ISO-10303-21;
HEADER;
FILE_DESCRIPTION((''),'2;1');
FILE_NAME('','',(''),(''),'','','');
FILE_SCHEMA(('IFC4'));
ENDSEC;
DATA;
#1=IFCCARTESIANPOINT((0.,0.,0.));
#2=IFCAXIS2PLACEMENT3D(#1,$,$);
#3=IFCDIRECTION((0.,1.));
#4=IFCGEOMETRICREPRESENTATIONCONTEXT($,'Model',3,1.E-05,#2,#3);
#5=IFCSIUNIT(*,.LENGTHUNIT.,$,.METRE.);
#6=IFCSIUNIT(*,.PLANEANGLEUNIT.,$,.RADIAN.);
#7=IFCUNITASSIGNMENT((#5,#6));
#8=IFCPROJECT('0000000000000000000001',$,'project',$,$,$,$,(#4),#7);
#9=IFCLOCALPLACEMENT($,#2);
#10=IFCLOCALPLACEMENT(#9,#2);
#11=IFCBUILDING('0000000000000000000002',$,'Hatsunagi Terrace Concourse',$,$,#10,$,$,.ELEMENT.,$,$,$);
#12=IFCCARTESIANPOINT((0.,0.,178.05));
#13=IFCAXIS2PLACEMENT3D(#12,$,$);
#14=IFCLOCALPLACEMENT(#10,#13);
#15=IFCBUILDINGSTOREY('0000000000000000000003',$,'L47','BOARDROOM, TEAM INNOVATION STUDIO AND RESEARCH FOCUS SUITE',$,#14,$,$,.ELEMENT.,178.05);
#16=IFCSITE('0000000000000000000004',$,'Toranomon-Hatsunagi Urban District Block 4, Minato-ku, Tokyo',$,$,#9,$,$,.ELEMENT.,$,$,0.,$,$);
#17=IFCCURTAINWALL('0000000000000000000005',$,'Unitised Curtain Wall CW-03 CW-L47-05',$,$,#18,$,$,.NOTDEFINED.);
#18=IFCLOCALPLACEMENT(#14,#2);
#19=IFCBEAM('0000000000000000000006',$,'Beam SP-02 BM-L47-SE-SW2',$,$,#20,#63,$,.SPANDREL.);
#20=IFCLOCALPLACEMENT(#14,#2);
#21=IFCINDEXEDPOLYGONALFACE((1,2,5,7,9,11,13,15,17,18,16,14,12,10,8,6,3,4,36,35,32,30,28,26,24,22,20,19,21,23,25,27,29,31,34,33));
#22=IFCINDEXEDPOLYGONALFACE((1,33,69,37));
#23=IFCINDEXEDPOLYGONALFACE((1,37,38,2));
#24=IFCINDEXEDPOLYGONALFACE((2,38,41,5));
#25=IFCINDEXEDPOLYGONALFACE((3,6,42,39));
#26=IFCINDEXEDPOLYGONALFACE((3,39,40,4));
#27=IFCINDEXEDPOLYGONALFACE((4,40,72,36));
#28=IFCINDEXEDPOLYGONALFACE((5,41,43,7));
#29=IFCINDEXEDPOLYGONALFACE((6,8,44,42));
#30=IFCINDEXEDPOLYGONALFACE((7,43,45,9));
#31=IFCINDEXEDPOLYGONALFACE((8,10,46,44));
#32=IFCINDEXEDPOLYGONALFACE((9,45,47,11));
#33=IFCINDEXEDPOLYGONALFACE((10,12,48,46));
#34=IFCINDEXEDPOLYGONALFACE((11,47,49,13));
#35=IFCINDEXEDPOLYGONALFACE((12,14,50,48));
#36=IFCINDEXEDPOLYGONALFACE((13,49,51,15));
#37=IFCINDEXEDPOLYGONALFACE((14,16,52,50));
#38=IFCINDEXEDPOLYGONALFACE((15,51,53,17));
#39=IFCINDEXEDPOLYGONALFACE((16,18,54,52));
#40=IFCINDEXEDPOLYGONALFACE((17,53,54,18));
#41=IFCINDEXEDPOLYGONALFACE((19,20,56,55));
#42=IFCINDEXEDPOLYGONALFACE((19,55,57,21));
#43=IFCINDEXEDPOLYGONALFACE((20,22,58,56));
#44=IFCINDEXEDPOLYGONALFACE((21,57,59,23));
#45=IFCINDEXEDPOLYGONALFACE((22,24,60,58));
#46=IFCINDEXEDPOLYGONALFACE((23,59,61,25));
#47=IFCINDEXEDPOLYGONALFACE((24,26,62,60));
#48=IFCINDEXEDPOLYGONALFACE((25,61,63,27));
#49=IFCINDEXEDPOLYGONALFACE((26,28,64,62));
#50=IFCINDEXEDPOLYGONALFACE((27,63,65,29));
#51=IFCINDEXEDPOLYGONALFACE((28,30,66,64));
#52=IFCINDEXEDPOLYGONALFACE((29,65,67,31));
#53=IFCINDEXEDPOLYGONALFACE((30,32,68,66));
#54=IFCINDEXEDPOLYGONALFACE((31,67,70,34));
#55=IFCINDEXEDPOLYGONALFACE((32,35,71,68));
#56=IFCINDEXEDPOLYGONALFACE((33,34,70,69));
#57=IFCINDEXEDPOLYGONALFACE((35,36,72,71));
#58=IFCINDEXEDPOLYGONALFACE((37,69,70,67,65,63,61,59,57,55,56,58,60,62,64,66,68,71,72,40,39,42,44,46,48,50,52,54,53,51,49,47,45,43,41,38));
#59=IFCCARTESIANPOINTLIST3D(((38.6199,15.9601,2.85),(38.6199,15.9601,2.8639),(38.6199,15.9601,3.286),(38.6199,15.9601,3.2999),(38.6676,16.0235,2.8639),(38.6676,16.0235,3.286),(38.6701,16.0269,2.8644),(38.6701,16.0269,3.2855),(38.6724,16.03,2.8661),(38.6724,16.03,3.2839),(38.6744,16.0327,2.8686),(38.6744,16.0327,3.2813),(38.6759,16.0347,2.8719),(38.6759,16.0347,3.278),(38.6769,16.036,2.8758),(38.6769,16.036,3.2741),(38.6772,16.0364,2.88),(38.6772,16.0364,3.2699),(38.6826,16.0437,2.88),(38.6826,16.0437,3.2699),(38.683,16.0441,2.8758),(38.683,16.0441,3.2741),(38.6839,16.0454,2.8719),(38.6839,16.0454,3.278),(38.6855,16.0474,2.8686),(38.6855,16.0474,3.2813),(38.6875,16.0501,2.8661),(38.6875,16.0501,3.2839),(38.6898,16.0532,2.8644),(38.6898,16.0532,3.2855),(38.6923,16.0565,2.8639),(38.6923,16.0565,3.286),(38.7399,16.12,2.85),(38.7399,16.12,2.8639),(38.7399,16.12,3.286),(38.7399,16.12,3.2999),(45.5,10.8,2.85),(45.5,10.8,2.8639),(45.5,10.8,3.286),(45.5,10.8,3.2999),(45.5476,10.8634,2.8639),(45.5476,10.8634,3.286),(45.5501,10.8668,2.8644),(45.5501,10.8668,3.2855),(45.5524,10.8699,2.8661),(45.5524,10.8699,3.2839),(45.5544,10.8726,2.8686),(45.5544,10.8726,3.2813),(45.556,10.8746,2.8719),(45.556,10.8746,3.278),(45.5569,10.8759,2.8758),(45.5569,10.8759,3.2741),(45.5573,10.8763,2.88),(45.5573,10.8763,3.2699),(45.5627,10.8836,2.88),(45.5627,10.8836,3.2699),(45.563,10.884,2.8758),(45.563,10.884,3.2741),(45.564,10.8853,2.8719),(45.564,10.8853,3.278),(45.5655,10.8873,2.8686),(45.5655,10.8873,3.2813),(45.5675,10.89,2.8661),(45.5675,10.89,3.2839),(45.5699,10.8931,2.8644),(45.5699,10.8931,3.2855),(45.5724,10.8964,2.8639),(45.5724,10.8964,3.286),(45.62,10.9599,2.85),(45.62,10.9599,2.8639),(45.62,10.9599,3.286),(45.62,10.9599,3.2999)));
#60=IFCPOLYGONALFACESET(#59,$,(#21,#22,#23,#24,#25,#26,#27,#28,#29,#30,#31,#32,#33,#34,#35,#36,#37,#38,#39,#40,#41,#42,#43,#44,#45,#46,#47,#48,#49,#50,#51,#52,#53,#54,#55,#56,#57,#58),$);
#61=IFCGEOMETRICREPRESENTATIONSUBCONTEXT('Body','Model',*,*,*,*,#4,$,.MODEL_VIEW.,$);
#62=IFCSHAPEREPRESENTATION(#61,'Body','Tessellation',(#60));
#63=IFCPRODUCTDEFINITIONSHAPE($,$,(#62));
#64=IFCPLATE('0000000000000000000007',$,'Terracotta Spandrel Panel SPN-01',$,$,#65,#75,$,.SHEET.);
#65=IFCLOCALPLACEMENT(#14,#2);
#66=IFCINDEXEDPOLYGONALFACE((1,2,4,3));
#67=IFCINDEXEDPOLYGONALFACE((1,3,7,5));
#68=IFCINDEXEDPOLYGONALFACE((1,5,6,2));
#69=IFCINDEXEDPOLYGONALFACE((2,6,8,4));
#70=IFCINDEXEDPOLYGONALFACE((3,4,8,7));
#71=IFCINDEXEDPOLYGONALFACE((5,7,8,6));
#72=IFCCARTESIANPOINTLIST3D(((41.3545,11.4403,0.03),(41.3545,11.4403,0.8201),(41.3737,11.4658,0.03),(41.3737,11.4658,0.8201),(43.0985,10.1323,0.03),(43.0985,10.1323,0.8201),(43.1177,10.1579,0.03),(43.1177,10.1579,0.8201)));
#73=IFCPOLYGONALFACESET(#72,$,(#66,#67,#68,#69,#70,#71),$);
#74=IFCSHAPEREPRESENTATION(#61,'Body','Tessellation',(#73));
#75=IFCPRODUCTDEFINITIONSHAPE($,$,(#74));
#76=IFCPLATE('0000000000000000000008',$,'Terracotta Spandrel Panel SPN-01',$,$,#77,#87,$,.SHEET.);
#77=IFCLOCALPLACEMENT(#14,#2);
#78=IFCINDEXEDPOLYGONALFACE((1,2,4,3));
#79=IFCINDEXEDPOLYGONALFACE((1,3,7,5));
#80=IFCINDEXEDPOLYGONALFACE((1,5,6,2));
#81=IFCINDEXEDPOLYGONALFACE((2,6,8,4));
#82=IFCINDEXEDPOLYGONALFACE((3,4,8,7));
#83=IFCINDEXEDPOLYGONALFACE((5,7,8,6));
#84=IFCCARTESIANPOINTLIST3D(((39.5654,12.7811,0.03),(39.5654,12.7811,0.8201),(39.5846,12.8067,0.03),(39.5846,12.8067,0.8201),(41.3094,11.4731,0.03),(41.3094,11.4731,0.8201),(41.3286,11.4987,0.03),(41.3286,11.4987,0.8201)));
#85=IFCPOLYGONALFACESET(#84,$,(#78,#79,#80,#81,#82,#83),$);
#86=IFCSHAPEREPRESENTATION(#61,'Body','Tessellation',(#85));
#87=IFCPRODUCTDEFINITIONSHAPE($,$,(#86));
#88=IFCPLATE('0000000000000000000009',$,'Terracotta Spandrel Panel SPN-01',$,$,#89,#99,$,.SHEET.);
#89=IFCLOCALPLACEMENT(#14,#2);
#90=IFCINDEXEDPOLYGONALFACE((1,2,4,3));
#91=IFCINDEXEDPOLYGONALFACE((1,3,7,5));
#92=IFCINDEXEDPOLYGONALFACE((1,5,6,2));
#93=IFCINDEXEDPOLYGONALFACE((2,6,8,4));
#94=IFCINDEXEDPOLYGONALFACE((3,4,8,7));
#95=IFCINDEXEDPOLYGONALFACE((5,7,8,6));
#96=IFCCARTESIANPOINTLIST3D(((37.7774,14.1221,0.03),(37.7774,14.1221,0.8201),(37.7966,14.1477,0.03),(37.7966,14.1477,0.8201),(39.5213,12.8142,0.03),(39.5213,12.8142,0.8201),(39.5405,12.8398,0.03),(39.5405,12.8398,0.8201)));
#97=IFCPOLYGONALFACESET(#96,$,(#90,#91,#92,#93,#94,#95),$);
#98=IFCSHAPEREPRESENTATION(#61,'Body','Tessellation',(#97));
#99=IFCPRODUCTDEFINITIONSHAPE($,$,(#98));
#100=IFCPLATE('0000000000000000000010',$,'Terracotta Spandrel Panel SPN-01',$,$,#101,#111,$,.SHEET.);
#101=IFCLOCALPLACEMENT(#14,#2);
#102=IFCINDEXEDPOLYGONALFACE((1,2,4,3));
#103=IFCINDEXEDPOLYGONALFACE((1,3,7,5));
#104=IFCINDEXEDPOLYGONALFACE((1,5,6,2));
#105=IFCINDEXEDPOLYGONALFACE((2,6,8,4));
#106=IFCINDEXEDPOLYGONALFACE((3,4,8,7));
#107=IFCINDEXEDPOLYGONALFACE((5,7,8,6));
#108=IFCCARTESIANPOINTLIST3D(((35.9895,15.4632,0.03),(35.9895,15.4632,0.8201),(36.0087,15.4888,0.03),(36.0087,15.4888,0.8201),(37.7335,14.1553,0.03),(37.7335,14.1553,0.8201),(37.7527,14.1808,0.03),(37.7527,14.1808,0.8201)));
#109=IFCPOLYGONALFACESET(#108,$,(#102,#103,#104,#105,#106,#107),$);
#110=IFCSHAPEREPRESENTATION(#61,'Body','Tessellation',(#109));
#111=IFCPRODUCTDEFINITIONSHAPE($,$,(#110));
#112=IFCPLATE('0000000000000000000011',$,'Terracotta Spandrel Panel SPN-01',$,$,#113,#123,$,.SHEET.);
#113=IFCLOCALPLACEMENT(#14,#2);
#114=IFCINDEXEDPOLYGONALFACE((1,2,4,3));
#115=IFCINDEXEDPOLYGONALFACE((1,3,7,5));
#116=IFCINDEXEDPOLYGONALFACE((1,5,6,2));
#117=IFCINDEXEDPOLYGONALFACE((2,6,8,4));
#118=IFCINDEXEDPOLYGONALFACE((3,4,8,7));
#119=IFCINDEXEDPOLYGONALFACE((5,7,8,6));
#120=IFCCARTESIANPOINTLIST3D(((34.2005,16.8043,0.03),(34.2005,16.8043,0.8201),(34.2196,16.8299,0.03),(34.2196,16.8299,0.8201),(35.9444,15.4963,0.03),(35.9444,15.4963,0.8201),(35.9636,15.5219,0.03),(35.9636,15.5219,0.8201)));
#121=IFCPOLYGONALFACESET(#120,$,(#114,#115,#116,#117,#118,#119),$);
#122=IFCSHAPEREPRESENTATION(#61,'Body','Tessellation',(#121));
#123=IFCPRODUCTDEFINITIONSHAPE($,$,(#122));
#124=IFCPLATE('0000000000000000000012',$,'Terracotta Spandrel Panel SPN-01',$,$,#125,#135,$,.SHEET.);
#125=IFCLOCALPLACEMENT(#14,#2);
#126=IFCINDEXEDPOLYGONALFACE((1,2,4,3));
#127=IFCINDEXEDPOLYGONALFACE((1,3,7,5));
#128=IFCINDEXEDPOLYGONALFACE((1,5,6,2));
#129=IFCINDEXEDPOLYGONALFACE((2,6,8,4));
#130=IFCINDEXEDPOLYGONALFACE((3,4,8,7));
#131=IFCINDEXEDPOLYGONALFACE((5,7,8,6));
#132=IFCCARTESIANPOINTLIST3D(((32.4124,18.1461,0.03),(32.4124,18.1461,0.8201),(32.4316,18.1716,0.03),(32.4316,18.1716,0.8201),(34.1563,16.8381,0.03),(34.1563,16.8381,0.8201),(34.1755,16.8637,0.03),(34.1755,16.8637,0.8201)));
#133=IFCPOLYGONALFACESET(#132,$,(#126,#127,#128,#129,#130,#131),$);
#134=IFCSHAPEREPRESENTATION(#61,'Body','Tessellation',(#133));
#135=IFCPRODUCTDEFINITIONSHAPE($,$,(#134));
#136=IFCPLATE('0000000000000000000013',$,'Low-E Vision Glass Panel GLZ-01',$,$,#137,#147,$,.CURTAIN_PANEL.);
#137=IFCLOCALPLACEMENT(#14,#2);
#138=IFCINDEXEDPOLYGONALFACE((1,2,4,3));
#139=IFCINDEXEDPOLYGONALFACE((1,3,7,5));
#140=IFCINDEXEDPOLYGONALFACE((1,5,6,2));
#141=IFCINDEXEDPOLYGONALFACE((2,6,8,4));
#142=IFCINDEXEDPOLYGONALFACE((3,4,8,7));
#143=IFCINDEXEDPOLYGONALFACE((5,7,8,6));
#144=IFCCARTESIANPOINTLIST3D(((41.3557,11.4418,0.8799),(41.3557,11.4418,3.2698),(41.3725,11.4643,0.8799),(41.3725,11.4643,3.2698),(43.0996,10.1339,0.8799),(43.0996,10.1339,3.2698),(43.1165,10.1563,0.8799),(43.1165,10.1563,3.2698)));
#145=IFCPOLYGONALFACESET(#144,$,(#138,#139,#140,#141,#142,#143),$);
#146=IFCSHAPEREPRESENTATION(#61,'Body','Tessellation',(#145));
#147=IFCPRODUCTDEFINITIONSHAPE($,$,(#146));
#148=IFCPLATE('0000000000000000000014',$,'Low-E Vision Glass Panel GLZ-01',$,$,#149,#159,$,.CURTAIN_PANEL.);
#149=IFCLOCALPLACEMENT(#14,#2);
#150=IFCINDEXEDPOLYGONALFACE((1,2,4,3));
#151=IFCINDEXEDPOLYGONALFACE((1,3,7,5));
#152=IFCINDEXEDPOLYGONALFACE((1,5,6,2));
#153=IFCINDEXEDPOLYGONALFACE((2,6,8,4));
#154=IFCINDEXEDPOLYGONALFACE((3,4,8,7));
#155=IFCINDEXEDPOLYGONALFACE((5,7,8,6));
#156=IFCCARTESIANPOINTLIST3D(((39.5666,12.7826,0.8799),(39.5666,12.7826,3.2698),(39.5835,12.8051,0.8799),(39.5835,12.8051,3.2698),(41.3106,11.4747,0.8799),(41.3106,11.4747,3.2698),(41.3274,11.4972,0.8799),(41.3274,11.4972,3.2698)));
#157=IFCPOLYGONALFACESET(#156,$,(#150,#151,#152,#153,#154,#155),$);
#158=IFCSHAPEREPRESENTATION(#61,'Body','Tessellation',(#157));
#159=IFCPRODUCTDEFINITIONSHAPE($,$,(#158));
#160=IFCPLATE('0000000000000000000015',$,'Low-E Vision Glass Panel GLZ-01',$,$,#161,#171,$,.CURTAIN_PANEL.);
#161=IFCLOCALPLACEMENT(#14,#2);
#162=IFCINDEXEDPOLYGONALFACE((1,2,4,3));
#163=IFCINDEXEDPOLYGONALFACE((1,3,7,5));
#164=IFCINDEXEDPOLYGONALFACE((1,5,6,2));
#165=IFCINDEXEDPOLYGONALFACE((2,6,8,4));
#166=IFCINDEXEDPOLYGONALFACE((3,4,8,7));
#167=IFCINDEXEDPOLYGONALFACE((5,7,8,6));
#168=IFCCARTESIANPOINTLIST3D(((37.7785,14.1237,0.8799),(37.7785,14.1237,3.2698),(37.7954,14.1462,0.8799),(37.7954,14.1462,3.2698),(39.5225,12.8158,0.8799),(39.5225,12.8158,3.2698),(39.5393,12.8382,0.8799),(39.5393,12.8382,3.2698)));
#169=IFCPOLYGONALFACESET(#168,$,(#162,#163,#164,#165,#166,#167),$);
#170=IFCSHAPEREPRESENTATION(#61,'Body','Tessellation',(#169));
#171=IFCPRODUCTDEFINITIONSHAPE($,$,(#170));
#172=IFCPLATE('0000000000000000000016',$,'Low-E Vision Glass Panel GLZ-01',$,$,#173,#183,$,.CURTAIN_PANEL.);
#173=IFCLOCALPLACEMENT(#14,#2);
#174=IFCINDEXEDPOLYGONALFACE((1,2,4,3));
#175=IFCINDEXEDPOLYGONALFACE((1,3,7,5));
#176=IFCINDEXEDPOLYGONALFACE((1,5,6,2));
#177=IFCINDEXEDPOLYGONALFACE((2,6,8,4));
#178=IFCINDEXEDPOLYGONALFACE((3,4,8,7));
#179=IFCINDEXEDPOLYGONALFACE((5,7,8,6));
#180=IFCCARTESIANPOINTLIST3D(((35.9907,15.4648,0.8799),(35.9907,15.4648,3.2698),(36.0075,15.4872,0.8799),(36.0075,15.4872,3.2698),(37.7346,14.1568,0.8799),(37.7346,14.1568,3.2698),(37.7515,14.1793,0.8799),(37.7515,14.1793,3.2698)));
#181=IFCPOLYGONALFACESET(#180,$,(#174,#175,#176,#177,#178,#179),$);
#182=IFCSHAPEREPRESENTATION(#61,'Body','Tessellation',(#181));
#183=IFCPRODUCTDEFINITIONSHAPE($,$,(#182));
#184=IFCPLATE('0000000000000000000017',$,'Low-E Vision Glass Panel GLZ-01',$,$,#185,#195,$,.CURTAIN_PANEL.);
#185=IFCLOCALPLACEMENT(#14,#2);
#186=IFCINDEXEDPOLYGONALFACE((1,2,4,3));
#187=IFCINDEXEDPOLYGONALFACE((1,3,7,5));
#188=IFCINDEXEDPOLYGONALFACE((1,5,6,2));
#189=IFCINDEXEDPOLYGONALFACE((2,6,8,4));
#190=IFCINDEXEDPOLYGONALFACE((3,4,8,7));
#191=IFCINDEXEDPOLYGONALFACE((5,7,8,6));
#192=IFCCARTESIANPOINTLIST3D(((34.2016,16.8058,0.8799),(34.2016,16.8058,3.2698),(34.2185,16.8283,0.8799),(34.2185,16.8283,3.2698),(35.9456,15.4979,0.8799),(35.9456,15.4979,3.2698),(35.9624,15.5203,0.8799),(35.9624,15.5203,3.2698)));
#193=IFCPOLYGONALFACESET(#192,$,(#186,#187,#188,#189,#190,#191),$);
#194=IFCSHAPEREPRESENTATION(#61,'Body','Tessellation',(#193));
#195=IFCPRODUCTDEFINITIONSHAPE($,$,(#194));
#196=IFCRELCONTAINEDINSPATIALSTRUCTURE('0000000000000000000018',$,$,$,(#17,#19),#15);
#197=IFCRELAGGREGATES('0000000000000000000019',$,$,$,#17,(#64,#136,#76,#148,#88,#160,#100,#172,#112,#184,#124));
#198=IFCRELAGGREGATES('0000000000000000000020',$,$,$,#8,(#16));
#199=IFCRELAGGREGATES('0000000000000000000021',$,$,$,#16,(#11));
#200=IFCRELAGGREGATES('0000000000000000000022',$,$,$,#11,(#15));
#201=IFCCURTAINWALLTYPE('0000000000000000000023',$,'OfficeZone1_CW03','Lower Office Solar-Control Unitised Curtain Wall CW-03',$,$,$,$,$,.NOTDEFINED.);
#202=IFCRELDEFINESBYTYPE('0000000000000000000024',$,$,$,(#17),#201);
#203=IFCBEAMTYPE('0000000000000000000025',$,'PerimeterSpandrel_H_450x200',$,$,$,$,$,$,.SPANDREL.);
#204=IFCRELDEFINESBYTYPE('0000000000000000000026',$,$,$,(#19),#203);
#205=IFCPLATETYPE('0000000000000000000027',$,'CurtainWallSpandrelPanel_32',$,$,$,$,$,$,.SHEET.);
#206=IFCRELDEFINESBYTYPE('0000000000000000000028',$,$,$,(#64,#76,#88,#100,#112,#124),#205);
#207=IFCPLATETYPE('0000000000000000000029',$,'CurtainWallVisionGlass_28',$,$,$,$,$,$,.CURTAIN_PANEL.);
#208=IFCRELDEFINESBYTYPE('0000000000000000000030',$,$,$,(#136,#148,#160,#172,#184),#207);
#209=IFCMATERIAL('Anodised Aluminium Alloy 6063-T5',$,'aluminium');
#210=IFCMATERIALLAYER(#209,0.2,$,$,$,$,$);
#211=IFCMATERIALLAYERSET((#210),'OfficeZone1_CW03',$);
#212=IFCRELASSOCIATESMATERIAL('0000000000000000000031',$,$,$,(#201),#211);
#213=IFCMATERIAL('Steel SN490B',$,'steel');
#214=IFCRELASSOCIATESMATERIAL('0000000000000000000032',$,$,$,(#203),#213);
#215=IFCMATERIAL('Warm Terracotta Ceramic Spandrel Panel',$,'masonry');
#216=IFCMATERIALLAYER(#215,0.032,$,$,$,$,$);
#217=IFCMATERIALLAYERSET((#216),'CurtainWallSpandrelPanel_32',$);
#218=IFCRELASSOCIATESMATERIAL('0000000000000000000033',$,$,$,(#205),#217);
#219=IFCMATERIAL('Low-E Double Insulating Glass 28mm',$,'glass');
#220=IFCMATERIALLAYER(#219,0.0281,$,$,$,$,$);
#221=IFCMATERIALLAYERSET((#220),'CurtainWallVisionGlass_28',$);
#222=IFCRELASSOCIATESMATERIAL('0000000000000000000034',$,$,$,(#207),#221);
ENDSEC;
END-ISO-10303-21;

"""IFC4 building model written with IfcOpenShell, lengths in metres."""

from ifc_helpers import new_model, si_unit, direction, frame, origin, origin_2d, place, context, subcontext, project, spatial, rectangle, i_section, extrude, material, layer, layer_set, material_profile, profile_set, type_object, element, aggregate, save


model = new_model("IFC4")

# Units and contexts
model_context = context("Model", 3, precision=1e-05, world=origin(), true_north=direction((0.0, 1.0)))
body_context = subcontext(model_context, "Body", "Model", "MODEL_VIEW")
ifc_project = project(units=[si_unit("LENGTHUNIT", "METRE"), si_unit("PLANEANGLEUNIT", "RADIAN")], contexts=[model_context])

# Site, building, storey
site_placement = place(None, origin())
site = spatial("IfcSite", under=ifc_project, at=site_placement, Name="Toranomon-Hatsunagi Urban District Block 4, Minato-ku, Tokyo", CompositionType="ELEMENT", RefElevation=0.0)
building_placement = place(site_placement, origin())
building = spatial("IfcBuilding", under=site, at=building_placement, Name="Hatsunagi Terrace Concourse", CompositionType="ELEMENT")
storey_placement = place(building_placement, frame((0.0, 0.0, 178.05)))
storey = spatial("IfcBuildingStorey", under=building, at=storey_placement, Name="L47", Description="BOARDROOM, TEAM INNOVATION STUDIO AND RESEARCH FOCUS SUITE", CompositionType="ELEMENT", Elevation=178.05)

# Curtain wall
ifc_material_1 = material(Name="Anodised Aluminium Alloy 6063-T5", Category="aluminium")
ifc_layer_1 = layer(ifc_material_1, 0.2)
ifc_layer_set_1 = layer_set([ifc_layer_1], Name="OfficeZone1_CW03")
curtain_wall_type = type_object("IfcCurtainWallType", Name="OfficeZone1_CW03", Description="Lower Office Solar-Control Unitised Curtain Wall CW-03", PredefinedType="NOTDEFINED", material=ifc_layer_set_1)
curtain_wall_placement = place(storey_placement, origin())
curtain_wall = element("IfcCurtainWall", 1, at=curtain_wall_placement, inside=storey, type_object=curtain_wall_type, Name="Unitised Curtain Wall CW-03 CW-L47-05", PredefinedType="NOTDEFINED")

# Beam
ifc_material_2 = material(Name="Steel SN490B", Category="steel")
ifc_material_profile_1 = material_profile(ifc_material_2, i_section(OverallWidth=0.2, OverallDepth=0.45, WebThickness=0.009, FlangeThickness=0.0139, FilletRadius=0.0161, at=origin_2d()), Name="H-450x200x9x14")
ifc_profile_set_1 = profile_set([ifc_material_profile_1], Name="Steel SN490B")
beam_type_1 = type_object("IfcBeamType", Name="PerimeterSpandrel_H_450x200", PredefinedType="SPANDREL", material=ifc_profile_set_1)
beam_1_placement = place(storey_placement, frame((38.6799, 16.04, 3.075), z_axis=(0.799997, -0.600005, 0.0), x_axis=(0.600005, 0.799997, 0.0)))
element("IfcBeam", 2, at=beam_1_placement, inside=storey, type_object=beam_type_1, Name="Beam SP-02 BM-L47-SE-SW2", PredefinedType="SPANDREL", context=body_context, shape_type="SweptSolid", body=[
    extrude(i_section(OverallWidth=0.2, OverallDepth=0.45, WebThickness=0.009, FlangeThickness=0.0139, FilletRadius=0.0161, at=origin_2d()), origin(), (0.0, 0.0, 1.0), 8.6001),
])

# Plates
ifc_material_3 = material(Name="Warm Terracotta Ceramic Spandrel Panel", Category="masonry")
ifc_layer_2 = layer(ifc_material_3, 0.032)
ifc_layer_set_2 = layer_set([ifc_layer_2], Name="CurtainWallSpandrelPanel_32")
plate_type_1 = type_object("IfcPlateType", Name="CurtainWallSpandrelPanel_32", PredefinedType="SHEET", material=ifc_layer_set_2)
plate_1_placement = place(storey_placement, frame((42.2361, 10.7991, 0.03), z_axis=(0.0, 0.0, 1.0), x_axis=(-0.800005, 0.599993, 0.0)))
plate_1 = element("IfcPlate", 3, at=plate_1_placement, type_object=plate_type_1, Name="Terracotta Spandrel Panel SPN-01", PredefinedType="SHEET", context=body_context, shape_type="SweptSolid", body=[
    extrude(rectangle(XDim=2.1799, YDim=0.032, at=origin_2d()), origin(), (0.0, 0.0, 1.0), 0.79),
])
plate_2_placement = place(storey_placement, frame((40.447, 12.1399, 0.03), z_axis=(0.0, 0.0, 1.0), x_axis=(-0.800005, 0.599993, 0.0)))
plate_2 = element("IfcPlate", 4, at=plate_2_placement, type_object=plate_type_1, Name="Terracotta Spandrel Panel SPN-01", PredefinedType="SHEET", context=body_context, shape_type="SweptSolid", body=[
    extrude(rectangle(XDim=2.1799, YDim=0.032, at=origin_2d()), origin(), (0.0, 0.0, 1.0), 0.79),
])
plate_3_placement = place(storey_placement, frame((38.6589, 13.481, 0.03), z_axis=(0.0, 0.0, 1.0), x_axis=(-0.800005, 0.599993, 0.0)))
plate_3 = element("IfcPlate", 5, at=plate_3_placement, type_object=plate_type_1, Name="Terracotta Spandrel Panel SPN-01", PredefinedType="SHEET", context=body_context, shape_type="SweptSolid", body=[
    extrude(rectangle(XDim=2.1799, YDim=0.032, at=origin_2d()), origin(), (0.0, 0.0, 1.0), 0.79),
])
plate_4_placement = place(storey_placement, frame((36.8711, 14.822, 0.03), z_axis=(0.0, 0.0, 1.0), x_axis=(-0.800005, 0.599993, 0.0)))
plate_4 = element("IfcPlate", 6, at=plate_4_placement, type_object=plate_type_1, Name="Terracotta Spandrel Panel SPN-01", PredefinedType="SHEET", context=body_context, shape_type="SweptSolid", body=[
    extrude(rectangle(XDim=2.1799, YDim=0.032, at=origin_2d()), origin(), (0.0, 0.0, 1.0), 0.79),
])
plate_5_placement = place(storey_placement, frame((35.082, 16.1631, 0.03), z_axis=(0.0, 0.0, 1.0), x_axis=(-0.800005, 0.599993, 0.0)))
plate_5 = element("IfcPlate", 7, at=plate_5_placement, type_object=plate_type_1, Name="Terracotta Spandrel Panel SPN-01", PredefinedType="SHEET", context=body_context, shape_type="SweptSolid", body=[
    extrude(rectangle(XDim=2.1799, YDim=0.032, at=origin_2d()), origin(), (0.0, 0.0, 1.0), 0.79),
])
plate_6_placement = place(storey_placement, frame((33.2939, 17.5049, 0.03), z_axis=(0.0, 0.0, 1.0), x_axis=(-0.800005, 0.599993, 0.0)))
plate_6 = element("IfcPlate", 8, at=plate_6_placement, type_object=plate_type_1, Name="Terracotta Spandrel Panel SPN-01", PredefinedType="SHEET", context=body_context, shape_type="SweptSolid", body=[
    extrude(rectangle(XDim=2.1799, YDim=0.032, at=origin_2d()), origin(), (0.0, 0.0, 1.0), 0.79),
])
ifc_material_4 = material(Name="Low-E Double Insulating Glass 28mm", Category="glass")
ifc_layer_3 = layer(ifc_material_4, 0.0281)
ifc_layer_set_3 = layer_set([ifc_layer_3], Name="CurtainWallVisionGlass_28")
plate_type_2 = type_object("IfcPlateType", Name="CurtainWallVisionGlass_28", PredefinedType="CURTAIN_PANEL", material=ifc_layer_set_3)
plate_7_placement = place(storey_placement, frame((42.2361, 10.7991, 0.8799), z_axis=(0.0, 0.0, 1.0), x_axis=(-0.800005, 0.599993, 0.0)))
plate_7 = element("IfcPlate", 9, at=plate_7_placement, type_object=plate_type_2, Name="Low-E Vision Glass Panel GLZ-01", PredefinedType="CURTAIN_PANEL", context=body_context, shape_type="SweptSolid", body=[
    extrude(rectangle(XDim=2.1799, YDim=0.0281, at=origin_2d()), origin(), (0.0, 0.0, 1.0), 2.3899),
])
plate_8_placement = place(storey_placement, frame((40.447, 12.1399, 0.8799), z_axis=(0.0, 0.0, 1.0), x_axis=(-0.800005, 0.599993, 0.0)))
plate_8 = element("IfcPlate", 10, at=plate_8_placement, type_object=plate_type_2, Name="Low-E Vision Glass Panel GLZ-01", PredefinedType="CURTAIN_PANEL", context=body_context, shape_type="SweptSolid", body=[
    extrude(rectangle(XDim=2.1799, YDim=0.0281, at=origin_2d()), origin(), (0.0, 0.0, 1.0), 2.3899),
])
plate_9_placement = place(storey_placement, frame((38.6589, 13.481, 0.8799), z_axis=(0.0, 0.0, 1.0), x_axis=(-0.800005, 0.599993, 0.0)))
plate_9 = element("IfcPlate", 11, at=plate_9_placement, type_object=plate_type_2, Name="Low-E Vision Glass Panel GLZ-01", PredefinedType="CURTAIN_PANEL", context=body_context, shape_type="SweptSolid", body=[
    extrude(rectangle(XDim=2.1799, YDim=0.0281, at=origin_2d()), origin(), (0.0, 0.0, 1.0), 2.3899),
])
plate_10_placement = place(storey_placement, frame((36.8711, 14.822, 0.8799), z_axis=(0.0, 0.0, 1.0), x_axis=(-0.800005, 0.599993, 0.0)))
plate_10 = element("IfcPlate", 12, at=plate_10_placement, type_object=plate_type_2, Name="Low-E Vision Glass Panel GLZ-01", PredefinedType="CURTAIN_PANEL", context=body_context, shape_type="SweptSolid", body=[
    extrude(rectangle(XDim=2.1799, YDim=0.0281, at=origin_2d()), origin(), (0.0, 0.0, 1.0), 2.3899),
])
plate_11_placement = place(storey_placement, frame((35.082, 16.1631, 0.8799), z_axis=(0.0, 0.0, 1.0), x_axis=(-0.800005, 0.599993, 0.0)))
plate_11 = element("IfcPlate", 13, at=plate_11_placement, type_object=plate_type_2, Name="Low-E Vision Glass Panel GLZ-01", PredefinedType="CURTAIN_PANEL", context=body_context, shape_type="SweptSolid", body=[
    extrude(rectangle(XDim=2.1799, YDim=0.0281, at=origin_2d()), origin(), (0.0, 0.0, 1.0), 2.3899),
])
aggregate(curtain_wall, [plate_1, plate_7, plate_2, plate_8, plate_3, plate_9, plate_4, plate_10, plate_5, plate_11, plate_6])

save(model, "model.ifc")
